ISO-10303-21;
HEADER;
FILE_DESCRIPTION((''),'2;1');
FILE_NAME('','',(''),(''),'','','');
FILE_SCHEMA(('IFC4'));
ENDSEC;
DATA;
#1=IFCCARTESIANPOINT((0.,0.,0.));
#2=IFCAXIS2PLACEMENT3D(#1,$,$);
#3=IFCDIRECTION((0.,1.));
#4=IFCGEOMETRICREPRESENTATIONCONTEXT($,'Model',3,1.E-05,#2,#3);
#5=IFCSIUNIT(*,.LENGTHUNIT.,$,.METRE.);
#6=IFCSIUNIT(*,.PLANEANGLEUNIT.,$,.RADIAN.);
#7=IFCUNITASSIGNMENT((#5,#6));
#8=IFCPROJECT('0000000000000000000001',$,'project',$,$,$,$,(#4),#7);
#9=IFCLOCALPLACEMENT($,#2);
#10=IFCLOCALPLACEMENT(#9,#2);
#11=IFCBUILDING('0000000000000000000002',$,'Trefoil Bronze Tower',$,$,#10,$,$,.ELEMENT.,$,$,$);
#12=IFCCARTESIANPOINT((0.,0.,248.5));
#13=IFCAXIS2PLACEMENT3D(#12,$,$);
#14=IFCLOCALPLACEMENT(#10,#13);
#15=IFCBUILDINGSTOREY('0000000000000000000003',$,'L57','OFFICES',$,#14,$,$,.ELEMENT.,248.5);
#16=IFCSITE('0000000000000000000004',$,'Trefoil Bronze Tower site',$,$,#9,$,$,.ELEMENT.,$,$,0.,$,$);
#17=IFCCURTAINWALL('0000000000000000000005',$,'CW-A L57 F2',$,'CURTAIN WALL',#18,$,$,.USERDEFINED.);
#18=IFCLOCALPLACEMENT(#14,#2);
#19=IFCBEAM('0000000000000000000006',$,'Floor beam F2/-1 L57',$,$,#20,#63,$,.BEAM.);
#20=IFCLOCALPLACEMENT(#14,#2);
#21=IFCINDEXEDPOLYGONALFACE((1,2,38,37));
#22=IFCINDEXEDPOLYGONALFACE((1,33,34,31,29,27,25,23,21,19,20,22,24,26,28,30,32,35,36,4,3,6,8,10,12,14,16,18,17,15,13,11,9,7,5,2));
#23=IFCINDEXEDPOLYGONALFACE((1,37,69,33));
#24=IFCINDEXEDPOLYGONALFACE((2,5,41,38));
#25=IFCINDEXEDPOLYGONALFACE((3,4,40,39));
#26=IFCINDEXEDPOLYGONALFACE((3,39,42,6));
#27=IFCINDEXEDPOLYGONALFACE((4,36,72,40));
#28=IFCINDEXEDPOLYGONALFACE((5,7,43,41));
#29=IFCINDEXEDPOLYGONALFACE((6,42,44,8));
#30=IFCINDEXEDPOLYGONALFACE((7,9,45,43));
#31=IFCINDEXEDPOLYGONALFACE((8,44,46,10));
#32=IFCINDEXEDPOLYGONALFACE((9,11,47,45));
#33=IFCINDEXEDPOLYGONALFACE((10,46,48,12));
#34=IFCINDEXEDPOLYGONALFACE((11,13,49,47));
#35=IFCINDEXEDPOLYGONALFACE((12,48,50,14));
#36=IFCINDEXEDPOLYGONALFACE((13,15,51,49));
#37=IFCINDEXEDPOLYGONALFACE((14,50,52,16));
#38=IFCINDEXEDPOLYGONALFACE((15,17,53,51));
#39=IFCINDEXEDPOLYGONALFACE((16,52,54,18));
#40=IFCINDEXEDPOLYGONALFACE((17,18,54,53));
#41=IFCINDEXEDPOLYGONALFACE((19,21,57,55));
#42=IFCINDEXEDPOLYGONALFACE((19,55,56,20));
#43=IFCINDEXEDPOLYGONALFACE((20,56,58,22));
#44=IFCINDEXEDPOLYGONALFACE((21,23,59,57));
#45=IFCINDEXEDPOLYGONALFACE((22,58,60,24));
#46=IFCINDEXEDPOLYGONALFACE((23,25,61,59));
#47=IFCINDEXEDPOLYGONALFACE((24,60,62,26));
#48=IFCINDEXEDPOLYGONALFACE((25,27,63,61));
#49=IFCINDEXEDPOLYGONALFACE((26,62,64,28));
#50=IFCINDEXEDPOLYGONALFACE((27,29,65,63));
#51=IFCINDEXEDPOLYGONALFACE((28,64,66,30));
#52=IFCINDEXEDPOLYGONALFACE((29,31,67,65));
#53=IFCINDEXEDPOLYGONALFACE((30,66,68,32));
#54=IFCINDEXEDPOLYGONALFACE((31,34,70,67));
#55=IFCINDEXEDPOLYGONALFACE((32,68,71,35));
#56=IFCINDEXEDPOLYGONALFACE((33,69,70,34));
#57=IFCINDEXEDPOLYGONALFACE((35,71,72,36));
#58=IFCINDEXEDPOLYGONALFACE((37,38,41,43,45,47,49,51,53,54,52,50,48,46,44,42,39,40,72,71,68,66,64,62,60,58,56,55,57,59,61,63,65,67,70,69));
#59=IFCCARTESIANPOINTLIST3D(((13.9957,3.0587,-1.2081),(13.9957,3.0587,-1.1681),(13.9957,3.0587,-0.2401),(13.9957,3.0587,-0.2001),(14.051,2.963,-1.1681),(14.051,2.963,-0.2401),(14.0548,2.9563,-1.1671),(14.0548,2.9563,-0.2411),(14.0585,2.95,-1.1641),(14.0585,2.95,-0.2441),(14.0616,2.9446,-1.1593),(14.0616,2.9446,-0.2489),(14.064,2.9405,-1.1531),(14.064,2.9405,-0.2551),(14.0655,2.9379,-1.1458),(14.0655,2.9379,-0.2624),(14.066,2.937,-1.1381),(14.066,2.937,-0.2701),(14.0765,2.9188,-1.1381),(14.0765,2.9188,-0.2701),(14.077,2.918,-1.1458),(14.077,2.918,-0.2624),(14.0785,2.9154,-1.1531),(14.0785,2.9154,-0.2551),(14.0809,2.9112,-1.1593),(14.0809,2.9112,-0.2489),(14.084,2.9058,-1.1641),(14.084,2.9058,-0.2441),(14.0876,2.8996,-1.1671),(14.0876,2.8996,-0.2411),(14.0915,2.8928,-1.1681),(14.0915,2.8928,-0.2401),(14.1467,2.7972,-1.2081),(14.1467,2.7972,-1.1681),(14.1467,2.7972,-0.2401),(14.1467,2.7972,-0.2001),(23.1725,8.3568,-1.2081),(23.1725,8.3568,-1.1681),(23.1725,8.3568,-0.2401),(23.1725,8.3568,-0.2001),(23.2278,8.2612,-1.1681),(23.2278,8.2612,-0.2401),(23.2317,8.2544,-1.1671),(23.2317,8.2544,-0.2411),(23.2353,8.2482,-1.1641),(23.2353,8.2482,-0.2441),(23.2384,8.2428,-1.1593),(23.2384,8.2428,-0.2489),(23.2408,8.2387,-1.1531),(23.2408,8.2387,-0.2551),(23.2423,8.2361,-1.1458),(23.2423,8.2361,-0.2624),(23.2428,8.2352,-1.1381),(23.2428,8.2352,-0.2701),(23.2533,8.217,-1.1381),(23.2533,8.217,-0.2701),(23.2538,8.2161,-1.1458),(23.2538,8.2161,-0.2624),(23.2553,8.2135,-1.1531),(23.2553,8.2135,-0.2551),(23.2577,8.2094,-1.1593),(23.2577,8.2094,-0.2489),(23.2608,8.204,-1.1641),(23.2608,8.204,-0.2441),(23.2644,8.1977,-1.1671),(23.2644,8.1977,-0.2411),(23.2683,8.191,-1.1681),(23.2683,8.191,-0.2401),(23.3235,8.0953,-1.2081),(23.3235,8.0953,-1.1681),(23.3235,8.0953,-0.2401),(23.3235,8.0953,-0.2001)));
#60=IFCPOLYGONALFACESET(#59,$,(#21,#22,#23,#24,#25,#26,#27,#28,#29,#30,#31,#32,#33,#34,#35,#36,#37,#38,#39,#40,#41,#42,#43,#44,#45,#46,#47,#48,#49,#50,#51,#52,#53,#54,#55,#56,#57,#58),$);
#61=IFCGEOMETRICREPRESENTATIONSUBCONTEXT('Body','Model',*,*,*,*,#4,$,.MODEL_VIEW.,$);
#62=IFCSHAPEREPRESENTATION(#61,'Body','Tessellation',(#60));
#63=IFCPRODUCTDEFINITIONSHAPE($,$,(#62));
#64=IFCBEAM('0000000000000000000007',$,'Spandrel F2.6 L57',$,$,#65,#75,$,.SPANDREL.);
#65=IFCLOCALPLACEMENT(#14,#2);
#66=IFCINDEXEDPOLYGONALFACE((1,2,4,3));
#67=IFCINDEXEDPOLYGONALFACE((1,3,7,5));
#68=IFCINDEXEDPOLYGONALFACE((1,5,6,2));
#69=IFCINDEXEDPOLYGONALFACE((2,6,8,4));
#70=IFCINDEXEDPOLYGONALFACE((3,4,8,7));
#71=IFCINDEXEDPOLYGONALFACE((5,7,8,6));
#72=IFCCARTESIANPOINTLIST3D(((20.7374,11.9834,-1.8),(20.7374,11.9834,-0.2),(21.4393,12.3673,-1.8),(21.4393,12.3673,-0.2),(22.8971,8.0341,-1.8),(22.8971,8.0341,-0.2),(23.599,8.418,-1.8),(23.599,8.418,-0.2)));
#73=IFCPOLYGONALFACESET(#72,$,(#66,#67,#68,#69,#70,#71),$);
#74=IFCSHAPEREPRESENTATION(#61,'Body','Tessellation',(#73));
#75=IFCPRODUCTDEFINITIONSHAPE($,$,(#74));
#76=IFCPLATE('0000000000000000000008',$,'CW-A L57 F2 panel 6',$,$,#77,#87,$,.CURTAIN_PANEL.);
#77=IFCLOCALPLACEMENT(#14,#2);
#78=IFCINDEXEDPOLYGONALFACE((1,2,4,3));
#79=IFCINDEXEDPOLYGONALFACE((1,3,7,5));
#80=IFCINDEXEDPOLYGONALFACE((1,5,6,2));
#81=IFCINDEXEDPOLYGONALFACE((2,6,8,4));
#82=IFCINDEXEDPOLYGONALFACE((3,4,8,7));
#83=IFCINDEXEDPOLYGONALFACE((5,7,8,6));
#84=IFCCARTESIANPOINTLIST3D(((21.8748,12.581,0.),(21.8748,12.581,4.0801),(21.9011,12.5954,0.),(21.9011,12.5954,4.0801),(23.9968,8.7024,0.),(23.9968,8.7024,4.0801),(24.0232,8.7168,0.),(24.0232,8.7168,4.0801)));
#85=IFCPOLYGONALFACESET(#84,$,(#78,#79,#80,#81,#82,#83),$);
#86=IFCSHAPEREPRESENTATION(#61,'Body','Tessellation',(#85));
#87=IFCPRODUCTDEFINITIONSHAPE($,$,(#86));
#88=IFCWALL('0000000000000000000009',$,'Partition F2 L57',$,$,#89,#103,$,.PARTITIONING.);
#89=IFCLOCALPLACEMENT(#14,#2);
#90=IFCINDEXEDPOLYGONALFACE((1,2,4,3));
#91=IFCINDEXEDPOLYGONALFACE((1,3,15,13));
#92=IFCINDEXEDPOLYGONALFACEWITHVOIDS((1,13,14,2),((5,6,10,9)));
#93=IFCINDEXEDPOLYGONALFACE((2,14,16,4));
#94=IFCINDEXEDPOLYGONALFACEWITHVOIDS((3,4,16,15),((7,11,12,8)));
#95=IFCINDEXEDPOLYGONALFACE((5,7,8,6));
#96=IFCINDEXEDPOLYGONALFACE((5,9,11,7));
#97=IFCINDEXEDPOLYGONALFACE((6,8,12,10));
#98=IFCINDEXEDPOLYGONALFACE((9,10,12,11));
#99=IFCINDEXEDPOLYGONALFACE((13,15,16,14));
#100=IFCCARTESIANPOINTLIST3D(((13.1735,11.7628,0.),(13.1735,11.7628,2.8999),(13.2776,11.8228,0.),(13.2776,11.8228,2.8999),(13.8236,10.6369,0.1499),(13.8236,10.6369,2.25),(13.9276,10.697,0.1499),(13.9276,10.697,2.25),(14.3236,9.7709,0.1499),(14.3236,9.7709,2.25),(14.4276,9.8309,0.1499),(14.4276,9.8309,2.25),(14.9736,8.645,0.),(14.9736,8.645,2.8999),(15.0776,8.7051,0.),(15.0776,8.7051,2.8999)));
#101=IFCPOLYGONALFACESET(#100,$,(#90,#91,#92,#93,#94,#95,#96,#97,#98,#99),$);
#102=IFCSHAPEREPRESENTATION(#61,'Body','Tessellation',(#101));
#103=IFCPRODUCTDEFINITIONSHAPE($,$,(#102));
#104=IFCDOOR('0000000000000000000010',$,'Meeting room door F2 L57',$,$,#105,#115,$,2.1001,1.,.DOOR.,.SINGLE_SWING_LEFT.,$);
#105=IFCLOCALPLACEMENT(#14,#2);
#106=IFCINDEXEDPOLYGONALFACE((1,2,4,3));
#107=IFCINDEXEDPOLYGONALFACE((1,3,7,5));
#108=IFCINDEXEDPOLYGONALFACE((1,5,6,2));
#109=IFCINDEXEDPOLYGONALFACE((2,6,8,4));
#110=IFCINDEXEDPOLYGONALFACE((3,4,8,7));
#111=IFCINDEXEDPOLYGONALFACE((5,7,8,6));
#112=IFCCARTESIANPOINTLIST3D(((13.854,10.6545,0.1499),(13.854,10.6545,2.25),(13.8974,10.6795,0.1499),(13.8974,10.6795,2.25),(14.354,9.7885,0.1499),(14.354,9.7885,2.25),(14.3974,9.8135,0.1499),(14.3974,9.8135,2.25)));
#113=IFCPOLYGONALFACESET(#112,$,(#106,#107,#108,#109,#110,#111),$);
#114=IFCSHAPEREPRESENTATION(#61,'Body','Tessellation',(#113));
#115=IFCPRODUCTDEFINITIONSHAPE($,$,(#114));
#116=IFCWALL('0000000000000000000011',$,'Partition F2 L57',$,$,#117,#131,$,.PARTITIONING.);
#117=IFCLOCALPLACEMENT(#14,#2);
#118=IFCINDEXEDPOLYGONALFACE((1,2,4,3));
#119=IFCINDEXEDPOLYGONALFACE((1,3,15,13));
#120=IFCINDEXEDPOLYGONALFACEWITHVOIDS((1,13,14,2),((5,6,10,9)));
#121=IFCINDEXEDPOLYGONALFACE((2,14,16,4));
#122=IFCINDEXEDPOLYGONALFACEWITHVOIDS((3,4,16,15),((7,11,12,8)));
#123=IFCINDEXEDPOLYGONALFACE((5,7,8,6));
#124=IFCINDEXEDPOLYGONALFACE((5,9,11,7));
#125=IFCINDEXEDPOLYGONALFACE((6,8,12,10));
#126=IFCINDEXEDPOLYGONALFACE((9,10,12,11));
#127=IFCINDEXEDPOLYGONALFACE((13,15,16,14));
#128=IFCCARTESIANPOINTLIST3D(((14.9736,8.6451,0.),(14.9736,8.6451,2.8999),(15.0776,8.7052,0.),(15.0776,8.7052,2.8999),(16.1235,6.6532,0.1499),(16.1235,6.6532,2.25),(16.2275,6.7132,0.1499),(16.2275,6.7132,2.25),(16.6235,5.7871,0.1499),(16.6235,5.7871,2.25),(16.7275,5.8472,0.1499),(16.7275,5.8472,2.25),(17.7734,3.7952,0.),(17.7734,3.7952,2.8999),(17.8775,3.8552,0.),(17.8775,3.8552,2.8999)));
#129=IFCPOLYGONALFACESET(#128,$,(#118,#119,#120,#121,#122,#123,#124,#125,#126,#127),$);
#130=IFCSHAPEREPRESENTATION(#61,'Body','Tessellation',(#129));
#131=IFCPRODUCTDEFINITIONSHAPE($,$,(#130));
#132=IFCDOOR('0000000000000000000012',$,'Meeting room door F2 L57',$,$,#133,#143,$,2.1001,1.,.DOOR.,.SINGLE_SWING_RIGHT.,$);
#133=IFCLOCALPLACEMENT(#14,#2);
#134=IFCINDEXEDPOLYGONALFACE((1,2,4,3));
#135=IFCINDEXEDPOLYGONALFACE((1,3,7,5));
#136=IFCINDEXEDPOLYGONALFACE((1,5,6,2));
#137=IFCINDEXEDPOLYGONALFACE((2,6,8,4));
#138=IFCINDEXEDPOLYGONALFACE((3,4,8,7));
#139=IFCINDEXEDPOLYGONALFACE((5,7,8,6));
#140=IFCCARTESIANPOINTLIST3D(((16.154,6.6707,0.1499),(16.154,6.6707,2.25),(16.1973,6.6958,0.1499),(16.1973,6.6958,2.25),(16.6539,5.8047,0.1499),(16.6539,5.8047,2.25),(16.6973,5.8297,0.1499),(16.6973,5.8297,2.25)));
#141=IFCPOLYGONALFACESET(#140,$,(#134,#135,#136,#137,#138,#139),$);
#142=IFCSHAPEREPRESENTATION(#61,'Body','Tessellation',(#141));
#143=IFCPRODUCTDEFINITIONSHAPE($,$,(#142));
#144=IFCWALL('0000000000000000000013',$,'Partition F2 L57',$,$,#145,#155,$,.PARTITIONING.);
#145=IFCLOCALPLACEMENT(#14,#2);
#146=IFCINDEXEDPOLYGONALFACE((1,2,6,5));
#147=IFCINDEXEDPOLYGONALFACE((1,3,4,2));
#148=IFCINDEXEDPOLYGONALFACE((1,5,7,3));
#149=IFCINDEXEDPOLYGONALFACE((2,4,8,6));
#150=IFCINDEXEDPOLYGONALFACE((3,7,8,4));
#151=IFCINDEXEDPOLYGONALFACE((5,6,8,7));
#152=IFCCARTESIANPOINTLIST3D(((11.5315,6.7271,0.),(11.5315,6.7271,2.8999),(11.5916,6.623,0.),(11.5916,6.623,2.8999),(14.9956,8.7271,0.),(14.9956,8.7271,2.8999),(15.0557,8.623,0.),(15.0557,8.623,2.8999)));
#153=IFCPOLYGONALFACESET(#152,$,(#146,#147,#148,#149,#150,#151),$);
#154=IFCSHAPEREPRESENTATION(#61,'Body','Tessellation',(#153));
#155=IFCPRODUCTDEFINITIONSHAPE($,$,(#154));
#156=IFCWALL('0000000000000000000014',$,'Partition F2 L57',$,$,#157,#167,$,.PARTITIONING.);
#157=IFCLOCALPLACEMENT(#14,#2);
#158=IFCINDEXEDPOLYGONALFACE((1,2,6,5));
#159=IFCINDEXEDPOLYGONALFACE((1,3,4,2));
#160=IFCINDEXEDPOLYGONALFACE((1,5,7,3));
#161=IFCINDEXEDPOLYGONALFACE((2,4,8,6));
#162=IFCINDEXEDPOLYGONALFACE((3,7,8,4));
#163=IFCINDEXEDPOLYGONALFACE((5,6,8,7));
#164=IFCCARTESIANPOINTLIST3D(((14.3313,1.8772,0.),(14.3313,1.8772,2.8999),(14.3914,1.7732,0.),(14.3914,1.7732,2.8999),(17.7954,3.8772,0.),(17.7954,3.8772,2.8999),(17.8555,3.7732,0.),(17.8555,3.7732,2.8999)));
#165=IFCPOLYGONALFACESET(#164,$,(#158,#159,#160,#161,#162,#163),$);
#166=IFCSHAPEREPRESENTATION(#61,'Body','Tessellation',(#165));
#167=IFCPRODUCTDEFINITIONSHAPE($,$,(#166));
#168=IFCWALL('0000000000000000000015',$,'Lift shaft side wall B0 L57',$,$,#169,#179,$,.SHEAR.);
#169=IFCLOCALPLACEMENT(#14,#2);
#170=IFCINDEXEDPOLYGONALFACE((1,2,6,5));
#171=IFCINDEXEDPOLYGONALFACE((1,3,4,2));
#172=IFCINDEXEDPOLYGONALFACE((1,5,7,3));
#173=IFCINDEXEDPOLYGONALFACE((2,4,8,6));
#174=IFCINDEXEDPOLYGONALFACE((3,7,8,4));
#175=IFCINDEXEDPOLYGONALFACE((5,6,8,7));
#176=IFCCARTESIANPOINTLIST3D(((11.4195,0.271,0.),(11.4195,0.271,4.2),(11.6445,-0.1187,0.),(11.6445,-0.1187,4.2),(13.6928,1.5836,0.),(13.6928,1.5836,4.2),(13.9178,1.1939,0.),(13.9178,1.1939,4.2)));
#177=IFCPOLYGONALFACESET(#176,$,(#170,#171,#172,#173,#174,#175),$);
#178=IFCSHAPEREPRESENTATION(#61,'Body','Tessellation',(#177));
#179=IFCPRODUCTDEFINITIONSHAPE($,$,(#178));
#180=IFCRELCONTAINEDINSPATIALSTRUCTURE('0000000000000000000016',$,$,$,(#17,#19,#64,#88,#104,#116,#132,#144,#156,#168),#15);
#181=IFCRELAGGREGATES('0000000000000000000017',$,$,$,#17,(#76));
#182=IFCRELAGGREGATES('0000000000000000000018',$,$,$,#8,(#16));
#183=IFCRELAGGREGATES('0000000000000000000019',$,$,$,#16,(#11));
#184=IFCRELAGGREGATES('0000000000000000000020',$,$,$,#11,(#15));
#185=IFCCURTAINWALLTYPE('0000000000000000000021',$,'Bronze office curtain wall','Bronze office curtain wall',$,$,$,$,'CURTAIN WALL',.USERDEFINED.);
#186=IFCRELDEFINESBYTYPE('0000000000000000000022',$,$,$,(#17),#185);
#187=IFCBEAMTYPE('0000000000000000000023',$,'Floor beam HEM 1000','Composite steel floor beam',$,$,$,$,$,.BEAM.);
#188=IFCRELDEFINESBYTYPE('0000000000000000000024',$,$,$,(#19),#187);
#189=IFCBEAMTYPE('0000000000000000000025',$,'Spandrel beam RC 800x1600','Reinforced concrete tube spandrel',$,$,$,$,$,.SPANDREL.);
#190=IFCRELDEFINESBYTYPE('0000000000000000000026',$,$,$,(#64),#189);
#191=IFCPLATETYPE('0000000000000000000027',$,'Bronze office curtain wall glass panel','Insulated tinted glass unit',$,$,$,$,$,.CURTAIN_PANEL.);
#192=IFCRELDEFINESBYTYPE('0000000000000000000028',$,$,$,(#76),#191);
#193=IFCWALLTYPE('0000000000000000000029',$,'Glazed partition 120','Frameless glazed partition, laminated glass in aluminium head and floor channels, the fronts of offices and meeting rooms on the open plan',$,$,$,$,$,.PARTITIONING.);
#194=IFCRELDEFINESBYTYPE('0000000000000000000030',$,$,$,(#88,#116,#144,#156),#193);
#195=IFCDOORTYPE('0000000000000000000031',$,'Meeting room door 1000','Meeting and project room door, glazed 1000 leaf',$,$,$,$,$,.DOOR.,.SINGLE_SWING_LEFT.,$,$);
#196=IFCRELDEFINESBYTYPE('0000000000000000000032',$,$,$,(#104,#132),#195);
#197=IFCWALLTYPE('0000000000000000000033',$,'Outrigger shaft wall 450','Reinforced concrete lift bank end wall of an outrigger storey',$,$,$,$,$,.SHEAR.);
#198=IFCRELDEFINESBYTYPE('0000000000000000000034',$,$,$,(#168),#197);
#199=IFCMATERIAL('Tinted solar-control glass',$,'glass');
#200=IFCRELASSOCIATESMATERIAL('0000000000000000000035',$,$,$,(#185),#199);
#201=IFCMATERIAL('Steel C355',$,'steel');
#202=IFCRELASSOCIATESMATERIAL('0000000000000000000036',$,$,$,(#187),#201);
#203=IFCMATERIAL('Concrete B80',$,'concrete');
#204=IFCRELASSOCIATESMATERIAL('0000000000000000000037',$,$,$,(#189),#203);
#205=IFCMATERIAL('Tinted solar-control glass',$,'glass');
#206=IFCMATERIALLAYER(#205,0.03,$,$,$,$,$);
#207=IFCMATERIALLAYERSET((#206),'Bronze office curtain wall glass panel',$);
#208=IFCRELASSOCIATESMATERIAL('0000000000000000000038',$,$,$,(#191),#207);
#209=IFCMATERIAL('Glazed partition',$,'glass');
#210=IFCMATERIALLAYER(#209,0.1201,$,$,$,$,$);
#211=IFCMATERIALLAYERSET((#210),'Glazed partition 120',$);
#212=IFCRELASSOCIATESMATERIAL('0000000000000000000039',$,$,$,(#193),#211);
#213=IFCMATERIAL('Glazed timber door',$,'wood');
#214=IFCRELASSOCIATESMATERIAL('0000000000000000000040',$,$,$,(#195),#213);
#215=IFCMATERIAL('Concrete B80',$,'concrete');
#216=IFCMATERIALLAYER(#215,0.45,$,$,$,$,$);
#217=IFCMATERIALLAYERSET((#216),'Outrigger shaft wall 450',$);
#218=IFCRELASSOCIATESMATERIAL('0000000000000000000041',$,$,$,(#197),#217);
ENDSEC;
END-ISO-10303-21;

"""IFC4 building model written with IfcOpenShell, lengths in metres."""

from ifc_helpers import new_model, si_unit, direction, frame, frame_2d, origin, origin_2d, place, context, subcontext, project, spatial, rectangle, i_section, extrude, material, layer, layer_set, material_profile, profile_set, type_object, element, fill, aggregate, save


model = new_model("IFC4")

# Units and contexts
model_context = context("Model", 3, precision=1e-05, world=origin(), true_north=direction((0.0, 1.0)))
body_context = subcontext(model_context, "Body", "Model", "MODEL_VIEW")
ifc_project = project(units=[si_unit("LENGTHUNIT", "METRE"), si_unit("PLANEANGLEUNIT", "RADIAN")], contexts=[model_context])

# Site, building, storey
site_placement = place(None, origin())
site = spatial("IfcSite", under=ifc_project, at=site_placement, Name="Trefoil Bronze Tower site", CompositionType="ELEMENT", RefElevation=0.0)
building_placement = place(site_placement, origin())
building = spatial("IfcBuilding", under=site, at=building_placement, Name="Trefoil Bronze Tower", CompositionType="ELEMENT")
storey_placement = place(building_placement, frame((0.0, 0.0, 248.5)))
storey = spatial("IfcBuildingStorey", under=building, at=storey_placement, Name="L57", Description="OFFICES", CompositionType="ELEMENT", Elevation=248.5)

# Curtain wall
ifc_material_1 = material(Name="Tinted solar-control glass", Category="glass")
curtain_wall_type = type_object("IfcCurtainWallType", Name="Bronze office curtain wall", Description="Bronze office curtain wall", ElementType="CURTAIN WALL", PredefinedType="USERDEFINED", material=ifc_material_1)
curtain_wall_placement = place(storey_placement, origin())
curtain_wall = element("IfcCurtainWall", 1, at=curtain_wall_placement, inside=storey, type_object=curtain_wall_type, Name="CW-A L57 F2", ObjectType="CURTAIN WALL", PredefinedType="USERDEFINED")

# Beams
ifc_material_2 = material(Name="Steel C355", Category="steel")
ifc_material_profile_1 = material_profile(ifc_material_2, i_section(OverallWidth=0.302, OverallDepth=1.0081, WebThickness=0.021, FlangeThickness=0.04, FilletRadius=0.03, at=origin_2d()), Name="HEM 1000")
ifc_profile_set_1 = profile_set([ifc_material_profile_1], Name="Steel C355")
beam_type_1 = type_object("IfcBeamType", Name="Floor beam HEM 1000", Description="Composite steel floor beam", PredefinedType="BEAM", material=ifc_profile_set_1)
beam_1_placement = place(storey_placement, frame((23.248, 8.2261, -0.7041), z_axis=(-0.86603, -0.499992, 0.0), x_axis=(0.499992, -0.86603, 0.0)))
element("IfcBeam", 2, at=beam_1_placement, inside=storey, type_object=beam_type_1, Name="Floor beam F2/-1 L57", PredefinedType="BEAM", context=body_context, shape_type="SweptSolid", body=[
    extrude(i_section(OverallWidth=0.302, OverallDepth=1.0081, WebThickness=0.021, FlangeThickness=0.04, FilletRadius=0.03, at=origin_2d()), origin(), (0.0, 0.0, 1.0), 10.5964),
])
ifc_material_3 = material(Name="Concrete B80", Category="concrete")
ifc_material_profile_2 = material_profile(ifc_material_3, rectangle(XDim=0.8, YDim=1.6001, at=origin_2d()), Name="RC 800x1600")
ifc_profile_set_2 = profile_set([ifc_material_profile_2], Name="Concrete B80")
beam_type_2 = type_object("IfcBeamType", Name="Spandrel beam RC 800x1600", Description="Reinforced concrete tube spandrel", PredefinedType="SPANDREL", material=ifc_profile_set_2)
beam_2_placement = place(storey_placement, frame((23.248, 8.2261, -1.0), z_axis=(-0.479802, 0.877377, 0.0), x_axis=(-0.877377, -0.479802, 0.0)))
element("IfcBeam", 3, at=beam_2_placement, inside=storey, type_object=beam_type_2, Name="Spandrel F2.6 L57", PredefinedType="SPANDREL", context=body_context, shape_type="SweptSolid", body=[
    extrude(rectangle(XDim=0.8, YDim=1.6001, at=origin_2d()), origin(), (0.0, 0.0, 1.0), 4.5012),
])

# Plate
ifc_material_4 = material(Name="Tinted solar-control glass", Category="glass")
ifc_layer_1 = layer(ifc_material_4, 0.03)
ifc_layer_set_1 = layer_set([ifc_layer_1], Name="Bronze office curtain wall glass panel")
plate_type = type_object("IfcPlateType", Name="Bronze office curtain wall glass panel", Description="Insulated tinted glass unit", PredefinedType="CURTAIN_PANEL", material=ifc_layer_set_1)
plate_placement = place(storey_placement, frame((22.949, 10.6489, 0.0), z_axis=(0.0, 0.0, 1.0), x_axis=(-0.479974, 0.877283, 0.0)))
plate = element("IfcPlate", 4, at=plate_placement, type_object=plate_type, Name="CW-A L57 F2 panel 6", PredefinedType="CURTAIN_PANEL", context=body_context, shape_type="SweptSolid", body=[
    extrude(rectangle(XDim=4.4211, YDim=0.03, at=origin_2d()), origin(), (0.0, 0.0, 1.0), 4.0801),
])
aggregate(curtain_wall, [plate])

# Walls, openings, doors
ifc_material_5 = material(Name="Glazed partition", Category="glass")
ifc_layer_2 = layer(ifc_material_5, 0.1201)
ifc_layer_set_2 = layer_set([ifc_layer_2], Name="Glazed partition 120")
wall_type_1 = type_object("IfcWallType", Name="Glazed partition 120", Description="Frameless glazed partition, laminated glass in aluminium head and floor channels, the fronts of offices and meeting rooms on the open plan", PredefinedType="PARTITIONING", material=ifc_layer_set_2)
wall_1_placement = place(storey_placement, frame((15.0256, 8.675, 0.0), z_axis=(0.0, 0.0, 1.0), x_axis=(-0.500012, 0.866018, 0.0)))
wall_1 = element("IfcWall", 5, at=wall_1_placement, inside=storey, type_object=wall_type_1, Name="Partition F2 L57", PredefinedType="PARTITIONING", context=body_context, shape_type="SweptSolid", body=[
    extrude(rectangle(XDim=3.6001, YDim=0.1201, at=frame_2d((1.8, 0.0))), origin(), (0.0, 0.0, 1.0), 2.8999),
])
opening_1_placement = place(wall_1_placement, frame((1.3, 0.0, 0.1499)))
opening_1 = element("IfcOpeningElement", 6, at=opening_1_placement, cuts=wall_1, PredefinedType="OPENING", context=body_context, shape_type="SweptSolid", body=[
    extrude(rectangle(XDim=1.0, YDim=2.1001, at=frame_2d((0.5, 1.05))), frame((0.0, 0.0701, 0.0), z_axis=(0.0, -1.0, 0.0), x_axis=(1.0, 0.0, 0.0)), (0.0, 0.0, 1.0), 0.1401),
])
ifc_material_6 = material(Name="Glazed timber door", Category="wood")
door_type_1 = type_object("IfcDoorType", Name="Meeting room door 1000", Description="Meeting and project room door, glazed 1000 leaf", OperationType="SINGLE_SWING_LEFT", PredefinedType="DOOR", material=ifc_material_6)
door_1_placement = place(opening_1_placement, origin())
door_1 = element("IfcDoor", 7, at=door_1_placement, inside=storey, type_object=door_type_1, Name="Meeting room door F2 L57", OperationType="SINGLE_SWING_LEFT", OverallHeight=2.1001, OverallWidth=1.0, PredefinedType="DOOR", context=body_context, shape_type="SweptSolid", body=[
    extrude(rectangle(XDim=1.0, YDim=2.1001, at=frame_2d((0.5, 1.05))), frame((0.0, 0.0249, 0.0), z_axis=(0.0, -1.0, 0.0), x_axis=(1.0, 0.0, 0.0)), (0.0, 0.0, 1.0), 0.05),
])
fill(opening_1, door_1)
wall_2_placement = place(storey_placement, frame((17.8254, 3.8252, 0.0), z_axis=(0.0, 0.0, 1.0), x_axis=(-0.499965, 0.866045, 0.0)))
wall_2 = element("IfcWall", 8, at=wall_2_placement, inside=storey, type_object=wall_type_1, Name="Partition F2 L57", PredefinedType="PARTITIONING", context=body_context, shape_type="SweptSolid", body=[
    extrude(rectangle(XDim=5.6001, YDim=0.1201, at=frame_2d((2.8, 0.0))), origin(), (0.0, 0.0, 1.0), 2.8999),
])
opening_2_placement = place(wall_2_placement, frame((2.3, 0.0, 0.1499)))
opening_2 = element("IfcOpeningElement", 9, at=opening_2_placement, cuts=wall_2, PredefinedType="OPENING", context=body_context, shape_type="SweptSolid", body=[
    extrude(rectangle(XDim=1.0, YDim=2.1001, at=frame_2d((0.5, 1.05))), frame((0.0, 0.0701, 0.0), z_axis=(0.0, -1.0, 0.0), x_axis=(1.0, 0.0, 0.0)), (0.0, 0.0, 1.0), 0.1401),
])
door_2_placement = place(opening_2_placement, origin())
door_2 = element("IfcDoor", 10, at=door_2_placement, inside=storey, type_object=door_type_1, Name="Meeting room door F2 L57", OperationType="SINGLE_SWING_RIGHT", OverallHeight=2.1001, OverallWidth=1.0, PredefinedType="DOOR", context=body_context, shape_type="SweptSolid", body=[
    extrude(rectangle(XDim=1.0, YDim=2.1001, at=frame_2d((0.5, 1.05))), frame((0.0, 0.0249, 0.0), z_axis=(0.0, -1.0, 0.0), x_axis=(1.0, 0.0, 0.0)), (0.0, 0.0, 1.0), 0.05),
])
fill(opening_2, door_2)

# Walls
for number, where, z_axis, x_axis, name in (
    (11, (11.5615, 6.675, 0.0), (0.0, 0.0, 1.0), (0.866026, 0.499999, 0.0), "Partition F2 L57"),
    (12, (14.3613, 1.8252, 0.0), (0.0, 0.0, 1.0), (0.866026, 0.499999, 0.0), "Partition F2 L57"),
):
    element("IfcWall", number, at=place(storey_placement, frame(where, z_axis=z_axis, x_axis=x_axis)), inside=storey, type_object=wall_type_1, Name=name, PredefinedType="PARTITIONING", context=body_context, shape_type="SweptSolid", body=[
        extrude(rectangle(XDim=4.0, YDim=0.1201, at=frame_2d((2.0, 0.0))), origin(), (0.0, 0.0, 1.0), 2.8999),
    ])
ifc_material_7 = material(Name="Concrete B80", Category="concrete")
ifc_layer_3 = layer(ifc_material_7, 0.45)
ifc_layer_set_3 = layer_set([ifc_layer_3], Name="Outrigger shaft wall 450")
wall_type_2 = type_object("IfcWallType", Name="Outrigger shaft wall 450", Description="Reinforced concrete lift bank end wall of an outrigger storey", PredefinedType="SHEAR", material=ifc_layer_set_3)
for number, where, z_axis, x_axis, name in (
    (13, (11.532, 0.0762, 0.0), (0.0, 0.0, 1.0), (0.866014, 0.50002, 0.0), "Lift shaft side wall B0 L57"),
):
    element("IfcWall", number, at=place(storey_placement, frame(where, z_axis=z_axis, x_axis=x_axis)), inside=storey, type_object=wall_type_2, Name=name, PredefinedType="SHEAR", context=body_context, shape_type="SweptSolid", body=[
        extrude(rectangle(XDim=2.625, YDim=0.45, at=frame_2d((1.3125, 0.0))), origin(), (0.0, 0.0, 1.0), 4.2),
    ])

save(model, "model.ifc")
